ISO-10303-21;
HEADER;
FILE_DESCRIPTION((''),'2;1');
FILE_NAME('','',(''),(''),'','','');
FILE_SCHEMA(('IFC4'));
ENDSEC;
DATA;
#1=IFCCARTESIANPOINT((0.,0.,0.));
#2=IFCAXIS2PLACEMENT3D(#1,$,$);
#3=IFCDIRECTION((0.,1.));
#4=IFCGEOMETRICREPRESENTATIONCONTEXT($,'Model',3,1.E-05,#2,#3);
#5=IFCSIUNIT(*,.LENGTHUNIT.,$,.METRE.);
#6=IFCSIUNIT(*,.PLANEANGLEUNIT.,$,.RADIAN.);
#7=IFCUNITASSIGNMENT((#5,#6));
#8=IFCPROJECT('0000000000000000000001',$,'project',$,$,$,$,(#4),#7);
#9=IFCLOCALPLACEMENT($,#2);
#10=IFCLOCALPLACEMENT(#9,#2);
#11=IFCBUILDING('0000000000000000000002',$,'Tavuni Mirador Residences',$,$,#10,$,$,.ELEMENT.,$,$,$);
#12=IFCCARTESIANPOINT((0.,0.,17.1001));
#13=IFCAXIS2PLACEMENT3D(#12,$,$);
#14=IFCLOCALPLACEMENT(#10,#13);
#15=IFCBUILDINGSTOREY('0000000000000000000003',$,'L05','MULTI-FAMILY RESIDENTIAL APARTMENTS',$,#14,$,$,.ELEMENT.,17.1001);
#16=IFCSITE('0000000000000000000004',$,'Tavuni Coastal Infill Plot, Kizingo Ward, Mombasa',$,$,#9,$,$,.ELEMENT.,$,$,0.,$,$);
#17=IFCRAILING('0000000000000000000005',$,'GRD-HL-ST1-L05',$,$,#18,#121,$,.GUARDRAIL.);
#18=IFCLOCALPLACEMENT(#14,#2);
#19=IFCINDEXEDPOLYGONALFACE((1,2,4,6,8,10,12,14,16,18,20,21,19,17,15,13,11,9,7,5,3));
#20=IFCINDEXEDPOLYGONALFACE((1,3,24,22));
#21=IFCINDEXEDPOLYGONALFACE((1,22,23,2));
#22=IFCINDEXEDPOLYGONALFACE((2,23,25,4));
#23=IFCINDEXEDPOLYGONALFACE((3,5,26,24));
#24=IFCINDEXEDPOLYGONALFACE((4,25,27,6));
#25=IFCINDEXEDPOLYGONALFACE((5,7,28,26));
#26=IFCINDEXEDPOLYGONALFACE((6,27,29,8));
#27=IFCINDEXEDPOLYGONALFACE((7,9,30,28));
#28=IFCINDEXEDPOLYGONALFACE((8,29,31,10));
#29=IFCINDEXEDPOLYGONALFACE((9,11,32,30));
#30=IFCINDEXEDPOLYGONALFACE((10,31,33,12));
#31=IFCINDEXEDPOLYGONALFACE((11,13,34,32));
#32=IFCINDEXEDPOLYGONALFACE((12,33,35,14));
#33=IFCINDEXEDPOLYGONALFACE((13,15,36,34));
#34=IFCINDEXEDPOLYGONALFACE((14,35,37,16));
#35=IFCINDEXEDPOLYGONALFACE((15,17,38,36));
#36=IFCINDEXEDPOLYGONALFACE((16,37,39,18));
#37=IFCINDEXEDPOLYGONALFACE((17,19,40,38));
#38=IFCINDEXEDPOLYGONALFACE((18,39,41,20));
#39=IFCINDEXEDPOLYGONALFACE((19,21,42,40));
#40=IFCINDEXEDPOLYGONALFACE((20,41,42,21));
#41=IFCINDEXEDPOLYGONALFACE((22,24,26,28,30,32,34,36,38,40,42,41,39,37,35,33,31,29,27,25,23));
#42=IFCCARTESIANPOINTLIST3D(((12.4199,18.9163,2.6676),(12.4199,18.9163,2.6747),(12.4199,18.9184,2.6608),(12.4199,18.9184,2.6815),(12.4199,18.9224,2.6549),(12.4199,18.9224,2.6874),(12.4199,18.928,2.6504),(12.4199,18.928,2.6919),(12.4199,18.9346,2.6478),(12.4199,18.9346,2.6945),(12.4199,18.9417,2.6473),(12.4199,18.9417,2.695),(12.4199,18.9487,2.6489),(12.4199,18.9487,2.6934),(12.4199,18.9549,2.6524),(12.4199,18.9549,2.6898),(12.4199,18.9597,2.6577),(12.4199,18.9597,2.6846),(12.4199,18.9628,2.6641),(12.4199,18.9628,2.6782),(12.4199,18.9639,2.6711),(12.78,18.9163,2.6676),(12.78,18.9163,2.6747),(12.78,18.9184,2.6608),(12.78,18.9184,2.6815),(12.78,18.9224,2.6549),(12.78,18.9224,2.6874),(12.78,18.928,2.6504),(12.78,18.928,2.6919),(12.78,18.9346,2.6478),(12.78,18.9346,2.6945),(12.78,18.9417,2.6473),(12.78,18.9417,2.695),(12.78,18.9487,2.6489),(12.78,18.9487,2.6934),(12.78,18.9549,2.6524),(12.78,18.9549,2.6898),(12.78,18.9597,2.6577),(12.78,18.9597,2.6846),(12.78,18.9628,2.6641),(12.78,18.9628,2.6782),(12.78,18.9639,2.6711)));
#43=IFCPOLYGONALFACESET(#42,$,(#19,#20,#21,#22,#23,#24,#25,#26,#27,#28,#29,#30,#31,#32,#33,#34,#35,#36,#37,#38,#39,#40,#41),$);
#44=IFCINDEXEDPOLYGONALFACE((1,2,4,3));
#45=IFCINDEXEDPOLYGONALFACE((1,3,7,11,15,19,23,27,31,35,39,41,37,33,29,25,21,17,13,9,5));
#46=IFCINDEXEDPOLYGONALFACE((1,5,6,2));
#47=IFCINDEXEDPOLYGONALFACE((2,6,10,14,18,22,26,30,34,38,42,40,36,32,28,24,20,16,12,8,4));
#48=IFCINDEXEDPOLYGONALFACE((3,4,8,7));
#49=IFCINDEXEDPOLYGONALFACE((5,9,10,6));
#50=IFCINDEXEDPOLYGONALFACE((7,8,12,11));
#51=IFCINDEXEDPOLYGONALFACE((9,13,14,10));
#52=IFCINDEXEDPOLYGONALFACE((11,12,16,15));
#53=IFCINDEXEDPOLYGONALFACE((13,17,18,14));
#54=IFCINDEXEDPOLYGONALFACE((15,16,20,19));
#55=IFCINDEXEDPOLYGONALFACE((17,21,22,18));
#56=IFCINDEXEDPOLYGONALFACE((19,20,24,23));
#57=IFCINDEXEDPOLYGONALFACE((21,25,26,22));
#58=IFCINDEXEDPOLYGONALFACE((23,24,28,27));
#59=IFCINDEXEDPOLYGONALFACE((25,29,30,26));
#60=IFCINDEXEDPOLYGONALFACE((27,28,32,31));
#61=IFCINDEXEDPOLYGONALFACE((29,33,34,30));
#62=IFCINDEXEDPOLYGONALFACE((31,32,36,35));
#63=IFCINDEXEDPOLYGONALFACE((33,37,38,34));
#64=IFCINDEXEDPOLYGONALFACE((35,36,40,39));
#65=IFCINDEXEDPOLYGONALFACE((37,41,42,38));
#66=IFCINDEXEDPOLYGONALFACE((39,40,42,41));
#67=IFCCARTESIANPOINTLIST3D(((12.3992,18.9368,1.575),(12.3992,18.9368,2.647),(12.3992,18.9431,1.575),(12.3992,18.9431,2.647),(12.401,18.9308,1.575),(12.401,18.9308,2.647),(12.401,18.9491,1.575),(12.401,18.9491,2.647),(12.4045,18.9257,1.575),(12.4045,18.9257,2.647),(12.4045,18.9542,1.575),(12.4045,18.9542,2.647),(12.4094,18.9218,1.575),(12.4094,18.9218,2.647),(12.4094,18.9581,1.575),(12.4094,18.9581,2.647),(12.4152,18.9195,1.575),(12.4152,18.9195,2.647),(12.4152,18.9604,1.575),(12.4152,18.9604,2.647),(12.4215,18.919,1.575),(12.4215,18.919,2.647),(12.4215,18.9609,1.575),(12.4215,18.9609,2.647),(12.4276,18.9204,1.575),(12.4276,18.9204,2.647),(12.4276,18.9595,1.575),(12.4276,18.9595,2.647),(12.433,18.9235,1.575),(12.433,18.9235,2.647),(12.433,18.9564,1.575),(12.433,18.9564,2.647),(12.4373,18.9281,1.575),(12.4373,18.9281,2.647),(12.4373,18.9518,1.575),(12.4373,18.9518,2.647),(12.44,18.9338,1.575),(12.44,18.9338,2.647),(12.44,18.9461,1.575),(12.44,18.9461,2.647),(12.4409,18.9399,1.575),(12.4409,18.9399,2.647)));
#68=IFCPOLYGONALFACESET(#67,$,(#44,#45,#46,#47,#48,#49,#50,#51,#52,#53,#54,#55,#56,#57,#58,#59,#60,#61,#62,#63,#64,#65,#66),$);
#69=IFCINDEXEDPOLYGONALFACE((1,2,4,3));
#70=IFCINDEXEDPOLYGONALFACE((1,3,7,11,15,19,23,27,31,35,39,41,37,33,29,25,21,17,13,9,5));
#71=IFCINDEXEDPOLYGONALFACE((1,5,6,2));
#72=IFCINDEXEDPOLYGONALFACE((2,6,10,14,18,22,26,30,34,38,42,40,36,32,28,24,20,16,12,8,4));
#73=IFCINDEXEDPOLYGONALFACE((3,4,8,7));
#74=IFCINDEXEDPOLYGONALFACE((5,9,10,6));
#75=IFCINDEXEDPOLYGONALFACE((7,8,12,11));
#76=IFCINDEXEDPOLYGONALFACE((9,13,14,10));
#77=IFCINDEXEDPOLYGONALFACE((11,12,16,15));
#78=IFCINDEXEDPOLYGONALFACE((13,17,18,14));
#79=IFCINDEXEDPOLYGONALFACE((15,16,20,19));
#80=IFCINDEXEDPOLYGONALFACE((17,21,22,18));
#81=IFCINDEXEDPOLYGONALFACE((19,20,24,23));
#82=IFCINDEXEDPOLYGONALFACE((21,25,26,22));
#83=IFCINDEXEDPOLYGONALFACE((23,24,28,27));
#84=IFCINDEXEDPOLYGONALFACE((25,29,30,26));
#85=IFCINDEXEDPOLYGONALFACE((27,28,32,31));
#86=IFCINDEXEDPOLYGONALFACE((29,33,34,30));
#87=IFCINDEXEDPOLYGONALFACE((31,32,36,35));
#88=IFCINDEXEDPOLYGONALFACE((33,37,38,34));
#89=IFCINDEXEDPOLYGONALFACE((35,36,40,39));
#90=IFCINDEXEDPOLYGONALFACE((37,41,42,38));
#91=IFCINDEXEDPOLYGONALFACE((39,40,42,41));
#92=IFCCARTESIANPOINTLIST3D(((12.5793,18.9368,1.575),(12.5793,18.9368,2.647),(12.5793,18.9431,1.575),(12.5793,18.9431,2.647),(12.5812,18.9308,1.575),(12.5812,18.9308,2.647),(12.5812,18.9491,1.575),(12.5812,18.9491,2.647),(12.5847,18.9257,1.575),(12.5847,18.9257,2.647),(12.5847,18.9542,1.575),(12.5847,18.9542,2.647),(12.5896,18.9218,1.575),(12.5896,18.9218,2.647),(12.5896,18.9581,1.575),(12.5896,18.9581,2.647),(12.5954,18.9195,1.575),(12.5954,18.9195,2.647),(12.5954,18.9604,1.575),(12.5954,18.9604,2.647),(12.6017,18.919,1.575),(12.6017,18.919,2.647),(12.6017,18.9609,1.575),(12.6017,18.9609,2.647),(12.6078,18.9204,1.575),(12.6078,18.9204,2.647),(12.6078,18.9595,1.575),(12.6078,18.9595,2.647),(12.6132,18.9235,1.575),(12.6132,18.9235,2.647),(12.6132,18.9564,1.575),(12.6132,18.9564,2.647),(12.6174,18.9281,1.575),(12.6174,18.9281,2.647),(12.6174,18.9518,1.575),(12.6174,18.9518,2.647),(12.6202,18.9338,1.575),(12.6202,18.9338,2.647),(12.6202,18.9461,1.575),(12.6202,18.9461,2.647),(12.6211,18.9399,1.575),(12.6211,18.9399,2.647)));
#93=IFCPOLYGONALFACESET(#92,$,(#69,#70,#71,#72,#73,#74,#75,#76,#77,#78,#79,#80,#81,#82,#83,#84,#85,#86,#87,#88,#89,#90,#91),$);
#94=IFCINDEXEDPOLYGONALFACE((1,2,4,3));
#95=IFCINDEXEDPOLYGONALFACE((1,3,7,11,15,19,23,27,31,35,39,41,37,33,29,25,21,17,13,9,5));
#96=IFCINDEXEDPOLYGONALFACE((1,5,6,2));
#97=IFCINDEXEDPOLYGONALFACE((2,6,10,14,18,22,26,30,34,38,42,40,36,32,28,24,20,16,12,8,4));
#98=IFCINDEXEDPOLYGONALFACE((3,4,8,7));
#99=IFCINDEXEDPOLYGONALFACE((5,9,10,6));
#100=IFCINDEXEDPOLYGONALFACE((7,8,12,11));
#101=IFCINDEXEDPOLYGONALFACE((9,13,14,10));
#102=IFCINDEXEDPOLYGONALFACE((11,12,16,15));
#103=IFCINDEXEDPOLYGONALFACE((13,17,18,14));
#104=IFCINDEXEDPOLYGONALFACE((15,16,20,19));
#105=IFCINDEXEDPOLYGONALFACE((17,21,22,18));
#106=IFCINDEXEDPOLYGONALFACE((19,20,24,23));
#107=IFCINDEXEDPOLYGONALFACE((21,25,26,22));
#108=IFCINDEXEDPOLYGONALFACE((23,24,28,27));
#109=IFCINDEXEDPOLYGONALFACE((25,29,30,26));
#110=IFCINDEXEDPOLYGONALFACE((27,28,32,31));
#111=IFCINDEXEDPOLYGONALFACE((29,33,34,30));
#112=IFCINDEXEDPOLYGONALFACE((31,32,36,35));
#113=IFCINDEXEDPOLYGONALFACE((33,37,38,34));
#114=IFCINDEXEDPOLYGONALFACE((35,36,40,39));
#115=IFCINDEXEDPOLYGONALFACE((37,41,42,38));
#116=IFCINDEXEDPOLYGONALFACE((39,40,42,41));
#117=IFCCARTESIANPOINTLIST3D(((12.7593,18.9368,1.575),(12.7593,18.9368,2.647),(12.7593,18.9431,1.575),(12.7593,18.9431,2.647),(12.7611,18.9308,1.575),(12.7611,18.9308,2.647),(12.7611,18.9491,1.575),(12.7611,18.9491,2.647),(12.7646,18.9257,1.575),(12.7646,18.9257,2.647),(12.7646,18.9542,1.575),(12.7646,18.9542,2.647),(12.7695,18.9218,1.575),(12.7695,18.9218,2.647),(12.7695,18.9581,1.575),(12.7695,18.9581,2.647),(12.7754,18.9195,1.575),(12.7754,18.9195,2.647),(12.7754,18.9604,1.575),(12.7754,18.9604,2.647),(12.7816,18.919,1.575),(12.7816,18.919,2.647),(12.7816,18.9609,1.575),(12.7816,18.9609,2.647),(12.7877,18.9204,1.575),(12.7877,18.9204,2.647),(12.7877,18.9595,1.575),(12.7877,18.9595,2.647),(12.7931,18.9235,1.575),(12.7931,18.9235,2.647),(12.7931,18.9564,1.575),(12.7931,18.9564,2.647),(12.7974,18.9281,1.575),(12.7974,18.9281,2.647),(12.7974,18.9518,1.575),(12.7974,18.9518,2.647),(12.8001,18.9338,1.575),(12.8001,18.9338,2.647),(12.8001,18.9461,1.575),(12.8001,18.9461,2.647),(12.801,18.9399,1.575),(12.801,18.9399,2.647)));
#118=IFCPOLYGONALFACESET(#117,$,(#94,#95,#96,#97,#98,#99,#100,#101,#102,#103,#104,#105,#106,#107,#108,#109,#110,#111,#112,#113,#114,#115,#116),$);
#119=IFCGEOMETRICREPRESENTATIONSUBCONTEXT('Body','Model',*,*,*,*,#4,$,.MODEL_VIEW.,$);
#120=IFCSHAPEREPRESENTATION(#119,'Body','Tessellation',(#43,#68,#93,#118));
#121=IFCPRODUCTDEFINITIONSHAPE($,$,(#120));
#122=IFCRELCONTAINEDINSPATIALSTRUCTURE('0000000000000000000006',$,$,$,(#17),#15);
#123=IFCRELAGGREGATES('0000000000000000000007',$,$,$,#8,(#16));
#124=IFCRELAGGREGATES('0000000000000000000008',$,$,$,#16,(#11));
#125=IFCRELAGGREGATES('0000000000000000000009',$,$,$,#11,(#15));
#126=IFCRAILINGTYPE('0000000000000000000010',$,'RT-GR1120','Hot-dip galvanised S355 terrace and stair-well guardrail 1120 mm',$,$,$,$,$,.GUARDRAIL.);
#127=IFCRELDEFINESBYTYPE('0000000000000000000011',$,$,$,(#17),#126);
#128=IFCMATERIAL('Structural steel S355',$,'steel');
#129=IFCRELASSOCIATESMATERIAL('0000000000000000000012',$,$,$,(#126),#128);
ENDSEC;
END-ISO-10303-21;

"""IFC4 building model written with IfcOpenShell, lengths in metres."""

from ifc_helpers import new_model, si_unit, direction, frame, origin, origin_2d, place, context, subcontext, project, spatial, circle, extrude, material, type_object, element, save


model = new_model("IFC4")

# Units and contexts
model_context = context("Model", 3, precision=1e-05, world=origin(), true_north=direction((0.0, 1.0)))
body_context = subcontext(model_context, "Body", "Model", "MODEL_VIEW")
ifc_project = project(units=[si_unit("LENGTHUNIT", "METRE"), si_unit("PLANEANGLEUNIT", "RADIAN")], contexts=[model_context])

# Site, building, storey
site_placement = place(None, origin())
site = spatial("IfcSite", under=ifc_project, at=site_placement, Name="Tavuni Coastal Infill Plot, Kizingo Ward, Mombasa", CompositionType="ELEMENT", RefElevation=0.0)
building_placement = place(site_placement, origin())
building = spatial("IfcBuilding", under=site, at=building_placement, Name="Tavuni Mirador Residences", CompositionType="ELEMENT")
storey_placement = place(building_placement, frame((0.0, 0.0, 17.1001)))
storey = spatial("IfcBuildingStorey", under=building, at=storey_placement, Name="L05", Description="MULTI-FAMILY RESIDENTIAL APARTMENTS", CompositionType="ELEMENT", Elevation=17.1001)

# Shared definitions
ifc_material_1 = material(Name="Structural steel S355", Category="steel")

# Railing
railing_type_1 = type_object("IfcRailingType", Name="RT-GR1120", Description="Hot-dip galvanised S355 terrace and stair-well guardrail 1120 mm", PredefinedType="GUARDRAIL", material=ifc_material_1)
railing_1_placement = place(storey_placement, frame((12.4199, 18.9399, 1.575)))
element("IfcRailing", 1, at=railing_1_placement, inside=storey, type_object=railing_type_1, Name="GRD-HL-ST1-L05", PredefinedType="GUARDRAIL", context=body_context, shape_type="SweptSolid", body=[
    extrude(circle(Radius=0.0239, at=origin_2d()), frame((0.0, 0.0, 1.0962), z_axis=(1.0, 0.0, 0.0), x_axis=(0.0, 1.0, 0.0)), (0.0, 0.0, 1.0), 0.3601),
    extrude(circle(Radius=0.021, at=origin_2d()), origin(), (0.0, 0.0, 1.0), 1.072),
    extrude(circle(Radius=0.021, at=origin_2d()), frame((0.1802, 0.0, 0.0)), (0.0, 0.0, 1.0), 1.072),
    extrude(circle(Radius=0.021, at=origin_2d()), frame((0.3601, 0.0, 0.0)), (0.0, 0.0, 1.0), 1.072),
])

save(model, "model.ifc")
